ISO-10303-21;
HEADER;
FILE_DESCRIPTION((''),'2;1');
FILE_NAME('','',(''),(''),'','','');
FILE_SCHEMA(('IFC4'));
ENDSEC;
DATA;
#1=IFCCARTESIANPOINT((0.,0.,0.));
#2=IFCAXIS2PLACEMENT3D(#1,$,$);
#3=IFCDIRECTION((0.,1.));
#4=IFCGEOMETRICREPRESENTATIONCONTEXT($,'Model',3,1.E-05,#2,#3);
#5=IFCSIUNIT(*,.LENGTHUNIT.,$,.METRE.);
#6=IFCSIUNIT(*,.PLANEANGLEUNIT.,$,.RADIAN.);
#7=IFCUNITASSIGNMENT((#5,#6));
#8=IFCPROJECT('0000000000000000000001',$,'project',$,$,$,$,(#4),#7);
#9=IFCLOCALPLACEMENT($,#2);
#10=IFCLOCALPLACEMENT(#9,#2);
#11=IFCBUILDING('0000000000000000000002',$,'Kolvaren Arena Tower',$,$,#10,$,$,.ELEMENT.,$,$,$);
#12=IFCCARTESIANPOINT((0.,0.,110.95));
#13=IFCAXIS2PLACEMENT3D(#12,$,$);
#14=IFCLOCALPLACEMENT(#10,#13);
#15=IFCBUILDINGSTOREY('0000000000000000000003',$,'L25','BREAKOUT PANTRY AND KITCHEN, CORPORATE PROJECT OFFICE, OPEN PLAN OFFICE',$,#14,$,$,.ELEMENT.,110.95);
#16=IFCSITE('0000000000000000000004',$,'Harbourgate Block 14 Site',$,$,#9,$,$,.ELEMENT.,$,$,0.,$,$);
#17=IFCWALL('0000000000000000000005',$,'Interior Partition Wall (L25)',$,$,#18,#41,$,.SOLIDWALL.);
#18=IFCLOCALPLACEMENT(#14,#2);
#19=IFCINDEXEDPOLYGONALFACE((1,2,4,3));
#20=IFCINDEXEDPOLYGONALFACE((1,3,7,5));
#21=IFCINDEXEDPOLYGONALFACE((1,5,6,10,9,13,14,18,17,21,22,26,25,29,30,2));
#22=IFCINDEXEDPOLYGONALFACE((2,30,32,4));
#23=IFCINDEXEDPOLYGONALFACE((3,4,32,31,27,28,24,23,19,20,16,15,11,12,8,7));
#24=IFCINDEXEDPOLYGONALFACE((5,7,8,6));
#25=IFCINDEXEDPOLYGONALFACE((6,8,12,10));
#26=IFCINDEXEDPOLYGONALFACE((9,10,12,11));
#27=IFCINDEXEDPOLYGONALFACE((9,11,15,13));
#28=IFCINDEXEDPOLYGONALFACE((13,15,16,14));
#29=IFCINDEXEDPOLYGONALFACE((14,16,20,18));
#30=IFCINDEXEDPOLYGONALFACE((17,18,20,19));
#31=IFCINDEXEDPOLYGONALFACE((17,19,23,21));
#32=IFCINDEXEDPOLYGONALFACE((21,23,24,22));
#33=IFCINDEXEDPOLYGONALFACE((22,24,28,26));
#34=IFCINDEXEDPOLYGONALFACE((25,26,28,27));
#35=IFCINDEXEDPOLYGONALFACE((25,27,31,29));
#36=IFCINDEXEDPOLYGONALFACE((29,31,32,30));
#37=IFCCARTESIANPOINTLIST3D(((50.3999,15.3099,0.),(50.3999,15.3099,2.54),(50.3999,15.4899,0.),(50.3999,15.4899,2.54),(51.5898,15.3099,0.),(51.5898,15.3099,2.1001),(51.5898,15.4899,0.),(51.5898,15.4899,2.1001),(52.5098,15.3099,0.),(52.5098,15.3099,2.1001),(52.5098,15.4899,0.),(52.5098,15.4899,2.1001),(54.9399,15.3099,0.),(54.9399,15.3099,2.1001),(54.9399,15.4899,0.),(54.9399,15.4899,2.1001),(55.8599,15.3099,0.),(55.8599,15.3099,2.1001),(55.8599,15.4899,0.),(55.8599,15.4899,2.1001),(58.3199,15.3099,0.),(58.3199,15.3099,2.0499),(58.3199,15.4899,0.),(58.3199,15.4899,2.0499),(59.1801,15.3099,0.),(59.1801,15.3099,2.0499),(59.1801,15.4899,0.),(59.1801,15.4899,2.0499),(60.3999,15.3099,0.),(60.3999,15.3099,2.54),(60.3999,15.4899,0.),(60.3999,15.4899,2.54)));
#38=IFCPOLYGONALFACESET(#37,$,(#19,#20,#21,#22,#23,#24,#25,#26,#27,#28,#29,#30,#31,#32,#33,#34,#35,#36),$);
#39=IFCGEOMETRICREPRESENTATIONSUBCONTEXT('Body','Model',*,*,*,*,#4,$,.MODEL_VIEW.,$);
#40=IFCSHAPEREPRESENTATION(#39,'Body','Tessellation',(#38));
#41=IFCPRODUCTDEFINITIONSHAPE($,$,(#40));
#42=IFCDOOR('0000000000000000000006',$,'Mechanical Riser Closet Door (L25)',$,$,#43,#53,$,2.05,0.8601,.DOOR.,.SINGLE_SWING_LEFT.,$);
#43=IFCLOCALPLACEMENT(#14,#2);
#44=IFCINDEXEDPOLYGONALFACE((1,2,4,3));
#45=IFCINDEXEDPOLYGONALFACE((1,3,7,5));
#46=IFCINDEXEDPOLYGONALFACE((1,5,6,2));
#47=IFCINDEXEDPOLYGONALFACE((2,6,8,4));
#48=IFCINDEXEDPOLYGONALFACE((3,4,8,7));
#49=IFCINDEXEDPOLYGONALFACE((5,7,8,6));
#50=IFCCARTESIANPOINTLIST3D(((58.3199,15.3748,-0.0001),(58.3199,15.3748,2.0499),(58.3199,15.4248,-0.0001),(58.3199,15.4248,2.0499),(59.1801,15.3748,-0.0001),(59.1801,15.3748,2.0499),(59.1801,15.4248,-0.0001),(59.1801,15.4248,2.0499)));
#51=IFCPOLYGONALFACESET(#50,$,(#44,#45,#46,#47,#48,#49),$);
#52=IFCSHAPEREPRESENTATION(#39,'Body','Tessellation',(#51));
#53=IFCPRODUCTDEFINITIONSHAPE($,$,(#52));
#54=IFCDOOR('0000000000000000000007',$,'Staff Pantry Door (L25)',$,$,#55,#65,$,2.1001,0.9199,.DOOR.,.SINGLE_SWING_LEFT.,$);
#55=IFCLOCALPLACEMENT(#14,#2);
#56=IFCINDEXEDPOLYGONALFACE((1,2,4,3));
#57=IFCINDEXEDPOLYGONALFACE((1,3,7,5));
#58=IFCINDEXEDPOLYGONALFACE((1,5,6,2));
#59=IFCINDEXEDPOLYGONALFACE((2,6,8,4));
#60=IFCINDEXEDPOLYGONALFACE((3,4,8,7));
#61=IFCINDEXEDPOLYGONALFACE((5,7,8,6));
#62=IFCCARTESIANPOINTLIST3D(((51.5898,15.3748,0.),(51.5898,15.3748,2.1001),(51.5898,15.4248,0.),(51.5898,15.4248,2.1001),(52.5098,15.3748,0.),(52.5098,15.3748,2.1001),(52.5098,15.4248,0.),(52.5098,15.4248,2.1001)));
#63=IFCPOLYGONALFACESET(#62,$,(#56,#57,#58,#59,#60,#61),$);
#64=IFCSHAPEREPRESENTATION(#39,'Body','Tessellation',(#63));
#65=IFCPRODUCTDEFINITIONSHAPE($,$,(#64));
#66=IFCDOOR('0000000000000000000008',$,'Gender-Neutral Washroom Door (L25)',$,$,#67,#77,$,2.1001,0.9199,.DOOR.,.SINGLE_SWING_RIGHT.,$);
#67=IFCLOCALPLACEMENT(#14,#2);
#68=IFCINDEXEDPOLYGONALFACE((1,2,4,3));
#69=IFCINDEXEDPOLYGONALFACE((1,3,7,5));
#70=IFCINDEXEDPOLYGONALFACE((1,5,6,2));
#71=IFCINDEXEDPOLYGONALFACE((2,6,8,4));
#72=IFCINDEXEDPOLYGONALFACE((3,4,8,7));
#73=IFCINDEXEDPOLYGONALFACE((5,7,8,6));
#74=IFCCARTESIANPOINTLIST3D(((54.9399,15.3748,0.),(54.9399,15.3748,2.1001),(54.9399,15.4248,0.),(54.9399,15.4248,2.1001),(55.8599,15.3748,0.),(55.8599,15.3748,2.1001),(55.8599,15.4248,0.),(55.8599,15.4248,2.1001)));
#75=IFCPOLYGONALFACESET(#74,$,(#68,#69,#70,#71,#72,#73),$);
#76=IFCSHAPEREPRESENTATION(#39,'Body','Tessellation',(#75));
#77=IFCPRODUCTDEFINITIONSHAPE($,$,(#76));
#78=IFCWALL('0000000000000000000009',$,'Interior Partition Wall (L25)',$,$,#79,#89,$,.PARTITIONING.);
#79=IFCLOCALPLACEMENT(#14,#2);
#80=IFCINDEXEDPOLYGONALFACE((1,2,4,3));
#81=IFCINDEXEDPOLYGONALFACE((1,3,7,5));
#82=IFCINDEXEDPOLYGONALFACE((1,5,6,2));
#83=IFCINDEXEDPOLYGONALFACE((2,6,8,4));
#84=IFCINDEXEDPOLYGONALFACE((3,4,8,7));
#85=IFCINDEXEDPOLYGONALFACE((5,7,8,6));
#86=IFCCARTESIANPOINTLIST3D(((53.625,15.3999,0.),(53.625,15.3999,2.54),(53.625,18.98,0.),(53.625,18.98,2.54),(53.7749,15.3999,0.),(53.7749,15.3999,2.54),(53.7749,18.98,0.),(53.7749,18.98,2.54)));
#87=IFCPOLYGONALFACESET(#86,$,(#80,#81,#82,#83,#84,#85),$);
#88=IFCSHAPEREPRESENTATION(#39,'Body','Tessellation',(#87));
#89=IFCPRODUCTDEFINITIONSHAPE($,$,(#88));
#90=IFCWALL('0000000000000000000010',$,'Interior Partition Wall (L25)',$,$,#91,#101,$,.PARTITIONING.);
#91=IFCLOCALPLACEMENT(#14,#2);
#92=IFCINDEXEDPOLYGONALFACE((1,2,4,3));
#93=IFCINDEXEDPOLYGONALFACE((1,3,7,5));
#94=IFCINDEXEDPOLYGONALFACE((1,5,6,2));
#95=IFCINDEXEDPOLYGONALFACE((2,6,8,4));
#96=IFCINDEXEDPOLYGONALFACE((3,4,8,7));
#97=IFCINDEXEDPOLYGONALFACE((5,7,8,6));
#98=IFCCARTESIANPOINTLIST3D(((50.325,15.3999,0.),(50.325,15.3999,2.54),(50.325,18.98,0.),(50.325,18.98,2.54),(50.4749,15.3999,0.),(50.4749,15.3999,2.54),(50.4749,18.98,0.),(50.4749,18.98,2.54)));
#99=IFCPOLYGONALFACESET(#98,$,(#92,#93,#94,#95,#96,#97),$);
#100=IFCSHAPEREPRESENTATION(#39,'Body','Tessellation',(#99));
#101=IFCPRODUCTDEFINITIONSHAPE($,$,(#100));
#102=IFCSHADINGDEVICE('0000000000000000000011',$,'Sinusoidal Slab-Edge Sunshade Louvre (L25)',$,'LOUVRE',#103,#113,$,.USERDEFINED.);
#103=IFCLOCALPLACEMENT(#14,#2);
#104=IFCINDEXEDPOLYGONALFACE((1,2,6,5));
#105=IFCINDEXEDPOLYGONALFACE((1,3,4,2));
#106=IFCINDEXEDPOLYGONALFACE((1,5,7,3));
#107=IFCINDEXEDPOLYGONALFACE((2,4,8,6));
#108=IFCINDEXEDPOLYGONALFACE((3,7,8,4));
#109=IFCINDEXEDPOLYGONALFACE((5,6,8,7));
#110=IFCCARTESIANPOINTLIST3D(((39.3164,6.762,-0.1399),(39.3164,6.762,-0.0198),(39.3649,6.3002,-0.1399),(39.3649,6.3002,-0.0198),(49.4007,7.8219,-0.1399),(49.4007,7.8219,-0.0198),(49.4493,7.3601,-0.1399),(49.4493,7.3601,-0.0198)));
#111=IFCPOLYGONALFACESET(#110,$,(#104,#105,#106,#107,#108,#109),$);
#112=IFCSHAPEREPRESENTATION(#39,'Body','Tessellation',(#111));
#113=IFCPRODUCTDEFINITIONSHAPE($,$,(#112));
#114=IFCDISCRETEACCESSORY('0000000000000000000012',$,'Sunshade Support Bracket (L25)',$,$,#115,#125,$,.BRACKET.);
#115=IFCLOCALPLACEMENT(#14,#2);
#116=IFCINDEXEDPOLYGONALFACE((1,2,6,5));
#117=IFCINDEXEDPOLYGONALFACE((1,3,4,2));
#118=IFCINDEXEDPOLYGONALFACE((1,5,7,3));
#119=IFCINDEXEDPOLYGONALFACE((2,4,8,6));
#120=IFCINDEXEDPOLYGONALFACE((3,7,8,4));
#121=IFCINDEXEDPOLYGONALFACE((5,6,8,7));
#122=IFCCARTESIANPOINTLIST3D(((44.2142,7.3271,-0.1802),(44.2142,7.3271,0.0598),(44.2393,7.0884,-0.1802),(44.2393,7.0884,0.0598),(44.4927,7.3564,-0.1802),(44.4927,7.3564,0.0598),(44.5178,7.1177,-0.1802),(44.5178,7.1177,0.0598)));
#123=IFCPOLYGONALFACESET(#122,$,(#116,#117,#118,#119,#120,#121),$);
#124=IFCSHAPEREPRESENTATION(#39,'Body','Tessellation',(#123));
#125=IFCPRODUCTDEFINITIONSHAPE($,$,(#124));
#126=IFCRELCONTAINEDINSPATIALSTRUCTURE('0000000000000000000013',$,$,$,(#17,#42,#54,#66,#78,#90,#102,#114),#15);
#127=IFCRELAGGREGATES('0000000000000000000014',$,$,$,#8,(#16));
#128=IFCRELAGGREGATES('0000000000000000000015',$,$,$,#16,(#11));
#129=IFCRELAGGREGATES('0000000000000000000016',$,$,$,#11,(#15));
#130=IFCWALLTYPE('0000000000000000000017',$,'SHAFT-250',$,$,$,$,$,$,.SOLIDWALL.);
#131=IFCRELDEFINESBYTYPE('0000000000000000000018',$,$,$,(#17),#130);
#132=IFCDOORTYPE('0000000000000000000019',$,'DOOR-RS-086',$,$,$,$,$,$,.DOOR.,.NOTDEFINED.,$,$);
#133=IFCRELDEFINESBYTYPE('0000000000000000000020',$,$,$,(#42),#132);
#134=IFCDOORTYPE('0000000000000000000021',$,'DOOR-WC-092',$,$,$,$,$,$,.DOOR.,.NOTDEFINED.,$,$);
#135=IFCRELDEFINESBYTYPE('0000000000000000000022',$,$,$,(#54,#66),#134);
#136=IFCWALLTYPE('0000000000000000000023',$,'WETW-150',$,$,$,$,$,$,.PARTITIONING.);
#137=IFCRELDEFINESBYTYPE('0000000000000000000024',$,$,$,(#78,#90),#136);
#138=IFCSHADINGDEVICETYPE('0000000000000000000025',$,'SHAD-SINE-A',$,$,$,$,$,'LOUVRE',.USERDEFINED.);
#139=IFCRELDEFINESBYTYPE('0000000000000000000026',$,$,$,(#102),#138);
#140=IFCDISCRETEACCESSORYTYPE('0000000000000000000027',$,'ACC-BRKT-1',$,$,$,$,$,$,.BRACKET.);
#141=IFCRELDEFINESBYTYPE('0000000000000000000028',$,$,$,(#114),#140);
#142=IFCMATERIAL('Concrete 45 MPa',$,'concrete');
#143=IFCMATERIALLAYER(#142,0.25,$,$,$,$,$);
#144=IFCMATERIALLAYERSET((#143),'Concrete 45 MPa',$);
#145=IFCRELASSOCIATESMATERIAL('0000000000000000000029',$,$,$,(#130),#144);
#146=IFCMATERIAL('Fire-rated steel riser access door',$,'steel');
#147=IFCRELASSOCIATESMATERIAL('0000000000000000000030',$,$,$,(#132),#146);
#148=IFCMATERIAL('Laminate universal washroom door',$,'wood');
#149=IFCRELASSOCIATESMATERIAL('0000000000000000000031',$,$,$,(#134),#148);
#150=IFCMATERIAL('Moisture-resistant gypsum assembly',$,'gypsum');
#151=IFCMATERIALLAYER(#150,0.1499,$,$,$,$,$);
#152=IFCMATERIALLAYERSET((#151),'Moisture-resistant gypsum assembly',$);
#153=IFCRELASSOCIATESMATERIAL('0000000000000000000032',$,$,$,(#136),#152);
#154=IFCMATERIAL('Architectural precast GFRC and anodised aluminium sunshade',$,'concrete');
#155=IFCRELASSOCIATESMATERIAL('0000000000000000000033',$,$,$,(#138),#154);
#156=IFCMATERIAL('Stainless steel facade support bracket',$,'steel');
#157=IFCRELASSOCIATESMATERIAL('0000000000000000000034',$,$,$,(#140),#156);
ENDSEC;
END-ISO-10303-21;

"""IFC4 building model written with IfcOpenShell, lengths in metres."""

from ifc_helpers import new_model, si_unit, direction, frame, frame_2d, origin, origin_2d, place, context, subcontext, project, spatial, rectangle, extrude, material, layer, layer_set, type_object, element, fill, save


model = new_model("IFC4")

# Units and contexts
model_context = context("Model", 3, precision=1e-05, world=origin(), true_north=direction((0.0, 1.0)))
body_context = subcontext(model_context, "Body", "Model", "MODEL_VIEW")
ifc_project = project(units=[si_unit("LENGTHUNIT", "METRE"), si_unit("PLANEANGLEUNIT", "RADIAN")], contexts=[model_context])

# Site, building, storey
site_placement = place(None, origin())
site = spatial("IfcSite", under=ifc_project, at=site_placement, Name="Harbourgate Block 14 Site", CompositionType="ELEMENT", RefElevation=0.0)
building_placement = place(site_placement, origin())
building = spatial("IfcBuilding", under=site, at=building_placement, Name="Kolvaren Arena Tower", CompositionType="ELEMENT")
storey_placement = place(building_placement, frame((0.0, 0.0, 110.95)))
storey = spatial("IfcBuildingStorey", under=building, at=storey_placement, Name="L25", Description="BREAKOUT PANTRY AND KITCHEN, CORPORATE PROJECT OFFICE, OPEN PLAN OFFICE", CompositionType="ELEMENT", Elevation=110.95)

# Shared definitions
ifc_material_1 = material(Name="Concrete 45 MPa", Category="concrete")
ifc_layer_1 = layer(ifc_material_1, 0.25)
ifc_layer_set_1 = layer_set([ifc_layer_1], Name="Concrete 45 MPa")
wall_type_1 = type_object("IfcWallType", Name="SHAFT-250", PredefinedType="SOLIDWALL", material=ifc_layer_set_1)

# Wall, openings, doors
wall_1_placement = place(storey_placement, frame((50.3999, 15.3999, 0.0), z_axis=(0.0, 0.0, 1.0), x_axis=(1.0, 0.0, 0.0)))
wall_1 = element("IfcWall", 1, at=wall_1_placement, inside=storey, type_object=wall_type_1, Name="Interior Partition Wall (L25)", PredefinedType="SOLIDWALL", context=body_context, shape_type="SweptSolid", body=[
    extrude(rectangle(XDim=10.0, YDim=0.1799, at=frame_2d((5.0, 0.0))), origin(), (0.0, 0.0, 1.0), 2.54),
])
opening_1_placement = place(wall_1_placement, frame((1.1899, 0.0, 0.0)))
opening_1 = element("IfcOpeningElement", 2, at=opening_1_placement, cuts=wall_1, PredefinedType="OPENING", context=body_context, shape_type="SweptSolid", body=[
    extrude(rectangle(XDim=0.9199, YDim=2.1001, at=frame_2d((0.46, 1.05))), frame((0.0, 0.0999, 0.0), z_axis=(0.0, -1.0, 0.0), x_axis=(1.0, 0.0, 0.0)), (0.0, 0.0, 1.0), 0.2),
])
opening_2_placement = place(wall_1_placement, frame((4.54, 0.0, 0.0)))
opening_2 = element("IfcOpeningElement", 3, at=opening_2_placement, cuts=wall_1, PredefinedType="OPENING", context=body_context, shape_type="SweptSolid", body=[
    extrude(rectangle(XDim=0.9199, YDim=2.1001, at=frame_2d((0.46, 1.05))), frame((0.0, 0.0999, 0.0), z_axis=(0.0, -1.0, 0.0), x_axis=(1.0, 0.0, 0.0)), (0.0, 0.0, 1.0), 0.2),
])
opening_3_placement = place(wall_1_placement, frame((7.9199, 0.0, 0.0)))
opening_3 = element("IfcOpeningElement", 4, at=opening_3_placement, cuts=wall_1, PredefinedType="OPENING", context=body_context, shape_type="SweptSolid", body=[
    extrude(rectangle(XDim=0.8601, YDim=2.05, at=frame_2d((0.4302, 1.0249))), frame((0.0, 0.0999, 0.0), z_axis=(0.0, -1.0, 0.0), x_axis=(1.0, 0.0, 0.0)), (0.0, 0.0, 1.0), 0.2),
])
ifc_material_2 = material(Name="Fire-rated steel riser access door", Category="steel")
door_type_1 = type_object("IfcDoorType", Name="DOOR-RS-086", OperationType="NOTDEFINED", PredefinedType="DOOR", material=ifc_material_2)
door_1_placement = place(opening_3_placement, origin())
door_1 = element("IfcDoor", 5, at=door_1_placement, inside=storey, type_object=door_type_1, Name="Mechanical Riser Closet Door (L25)", OperationType="SINGLE_SWING_LEFT", OverallHeight=2.05, OverallWidth=0.8601, PredefinedType="DOOR", context=body_context, shape_type="SweptSolid", body=[
    extrude(rectangle(XDim=0.8601, YDim=2.05, at=frame_2d((0.4302, 1.0249))), frame((0.0, 0.0249, 0.0), z_axis=(0.0, -1.0, 0.0), x_axis=(1.0, 0.0, 0.0)), (0.0, 0.0, 1.0), 0.05),
])
fill(opening_3, door_1)
ifc_material_3 = material(Name="Laminate universal washroom door", Category="wood")
door_type_2 = type_object("IfcDoorType", Name="DOOR-WC-092", OperationType="NOTDEFINED", PredefinedType="DOOR", material=ifc_material_3)
door_2_placement = place(opening_1_placement, origin())
door_2 = element("IfcDoor", 6, at=door_2_placement, inside=storey, type_object=door_type_2, Name="Staff Pantry Door (L25)", OperationType="SINGLE_SWING_LEFT", OverallHeight=2.1001, OverallWidth=0.9199, PredefinedType="DOOR", context=body_context, shape_type="SweptSolid", body=[
    extrude(rectangle(XDim=0.9199, YDim=2.1001, at=frame_2d((0.46, 1.05))), frame((0.0, 0.0249, 0.0), z_axis=(0.0, -1.0, 0.0), x_axis=(1.0, 0.0, 0.0)), (0.0, 0.0, 1.0), 0.05),
])
fill(opening_1, door_2)
door_3_placement = place(opening_2_placement, origin())
door_3 = element("IfcDoor", 7, at=door_3_placement, inside=storey, type_object=door_type_2, Name="Gender-Neutral Washroom Door (L25)", OperationType="SINGLE_SWING_RIGHT", OverallHeight=2.1001, OverallWidth=0.9199, PredefinedType="DOOR", context=body_context, shape_type="SweptSolid", body=[
    extrude(rectangle(XDim=0.9199, YDim=2.1001, at=frame_2d((0.46, 1.05))), frame((0.0, 0.0249, 0.0), z_axis=(0.0, -1.0, 0.0), x_axis=(1.0, 0.0, 0.0)), (0.0, 0.0, 1.0), 0.05),
])
fill(opening_2, door_3)

# Walls
ifc_material_4 = material(Name="Moisture-resistant gypsum assembly", Category="gypsum")
ifc_layer_2 = layer(ifc_material_4, 0.1499)
ifc_layer_set_2 = layer_set([ifc_layer_2], Name="Moisture-resistant gypsum assembly")
wall_type_2 = type_object("IfcWallType", Name="WETW-150", PredefinedType="PARTITIONING", material=ifc_layer_set_2)
for number, where, z_axis, x_axis, name in (
    (8, (53.7, 15.3999, 0.0), (0.0, 0.0, 1.0), (0.0, 1.0, 0.0), "Interior Partition Wall (L25)"),
    (9, (50.3999, 15.3999, 0.0), (0.0, 0.0, 1.0), (0.0, 1.0, 0.0), "Interior Partition Wall (L25)"),
):
    element("IfcWall", number, at=place(storey_placement, frame(where, z_axis=z_axis, x_axis=x_axis)), inside=storey, type_object=wall_type_2, Name=name, PredefinedType="PARTITIONING", context=body_context, shape_type="SweptSolid", body=[
        extrude(rectangle(XDim=3.5801, YDim=0.1499, at=frame_2d((1.79, 0.0))), origin(), (0.0, 0.0, 1.0), 2.54),
    ])

# Shading device
ifc_material_5 = material(Name="Architectural precast GFRC and anodised aluminium sunshade", Category="concrete")
shading_device_type = type_object("IfcShadingDeviceType", Name="SHAD-SINE-A", ElementType="LOUVRE", PredefinedType="USERDEFINED", material=ifc_material_5)
shading_device_placement = place(storey_placement, frame((44.3828, 7.061, -0.1399), z_axis=(0.0, 0.0, 1.0), x_axis=(-0.994522, -0.104527, 0.0)))
element("IfcShadingDevice", 10, at=shading_device_placement, inside=storey, type_object=shading_device_type, Name="Sinusoidal Slab-Edge Sunshade Louvre (L25)", ObjectType="LOUVRE", PredefinedType="USERDEFINED", context=body_context, shape_type="SweptSolid", body=[
    extrude(rectangle(XDim=10.1399, YDim=0.4644, at=origin_2d()), origin(), (0.0, 0.0, 1.0), 0.1201),
])

# Discrete accessory
ifc_material_6 = material(Name="Stainless steel facade support bracket", Category="steel")
discrete_accessory_type = type_object("IfcDiscreteAccessoryType", Name="ACC-BRKT-1", PredefinedType="BRACKET", material=ifc_material_6)
discrete_accessory_placement = place(storey_placement, frame((44.366, 7.2224, -0.1802), z_axis=(0.0, 0.0, 1.0), x_axis=(-0.994522, -0.104527, 0.0)))
element("IfcDiscreteAccessory", 11, at=discrete_accessory_placement, inside=storey, type_object=discrete_accessory_type, Name="Sunshade Support Bracket (L25)", PredefinedType="BRACKET", context=body_context, shape_type="SweptSolid", body=[
    extrude(rectangle(XDim=0.28, YDim=0.24, at=origin_2d()), origin(), (0.0, 0.0, 1.0), 0.24),
])

save(model, "model.ifc")
